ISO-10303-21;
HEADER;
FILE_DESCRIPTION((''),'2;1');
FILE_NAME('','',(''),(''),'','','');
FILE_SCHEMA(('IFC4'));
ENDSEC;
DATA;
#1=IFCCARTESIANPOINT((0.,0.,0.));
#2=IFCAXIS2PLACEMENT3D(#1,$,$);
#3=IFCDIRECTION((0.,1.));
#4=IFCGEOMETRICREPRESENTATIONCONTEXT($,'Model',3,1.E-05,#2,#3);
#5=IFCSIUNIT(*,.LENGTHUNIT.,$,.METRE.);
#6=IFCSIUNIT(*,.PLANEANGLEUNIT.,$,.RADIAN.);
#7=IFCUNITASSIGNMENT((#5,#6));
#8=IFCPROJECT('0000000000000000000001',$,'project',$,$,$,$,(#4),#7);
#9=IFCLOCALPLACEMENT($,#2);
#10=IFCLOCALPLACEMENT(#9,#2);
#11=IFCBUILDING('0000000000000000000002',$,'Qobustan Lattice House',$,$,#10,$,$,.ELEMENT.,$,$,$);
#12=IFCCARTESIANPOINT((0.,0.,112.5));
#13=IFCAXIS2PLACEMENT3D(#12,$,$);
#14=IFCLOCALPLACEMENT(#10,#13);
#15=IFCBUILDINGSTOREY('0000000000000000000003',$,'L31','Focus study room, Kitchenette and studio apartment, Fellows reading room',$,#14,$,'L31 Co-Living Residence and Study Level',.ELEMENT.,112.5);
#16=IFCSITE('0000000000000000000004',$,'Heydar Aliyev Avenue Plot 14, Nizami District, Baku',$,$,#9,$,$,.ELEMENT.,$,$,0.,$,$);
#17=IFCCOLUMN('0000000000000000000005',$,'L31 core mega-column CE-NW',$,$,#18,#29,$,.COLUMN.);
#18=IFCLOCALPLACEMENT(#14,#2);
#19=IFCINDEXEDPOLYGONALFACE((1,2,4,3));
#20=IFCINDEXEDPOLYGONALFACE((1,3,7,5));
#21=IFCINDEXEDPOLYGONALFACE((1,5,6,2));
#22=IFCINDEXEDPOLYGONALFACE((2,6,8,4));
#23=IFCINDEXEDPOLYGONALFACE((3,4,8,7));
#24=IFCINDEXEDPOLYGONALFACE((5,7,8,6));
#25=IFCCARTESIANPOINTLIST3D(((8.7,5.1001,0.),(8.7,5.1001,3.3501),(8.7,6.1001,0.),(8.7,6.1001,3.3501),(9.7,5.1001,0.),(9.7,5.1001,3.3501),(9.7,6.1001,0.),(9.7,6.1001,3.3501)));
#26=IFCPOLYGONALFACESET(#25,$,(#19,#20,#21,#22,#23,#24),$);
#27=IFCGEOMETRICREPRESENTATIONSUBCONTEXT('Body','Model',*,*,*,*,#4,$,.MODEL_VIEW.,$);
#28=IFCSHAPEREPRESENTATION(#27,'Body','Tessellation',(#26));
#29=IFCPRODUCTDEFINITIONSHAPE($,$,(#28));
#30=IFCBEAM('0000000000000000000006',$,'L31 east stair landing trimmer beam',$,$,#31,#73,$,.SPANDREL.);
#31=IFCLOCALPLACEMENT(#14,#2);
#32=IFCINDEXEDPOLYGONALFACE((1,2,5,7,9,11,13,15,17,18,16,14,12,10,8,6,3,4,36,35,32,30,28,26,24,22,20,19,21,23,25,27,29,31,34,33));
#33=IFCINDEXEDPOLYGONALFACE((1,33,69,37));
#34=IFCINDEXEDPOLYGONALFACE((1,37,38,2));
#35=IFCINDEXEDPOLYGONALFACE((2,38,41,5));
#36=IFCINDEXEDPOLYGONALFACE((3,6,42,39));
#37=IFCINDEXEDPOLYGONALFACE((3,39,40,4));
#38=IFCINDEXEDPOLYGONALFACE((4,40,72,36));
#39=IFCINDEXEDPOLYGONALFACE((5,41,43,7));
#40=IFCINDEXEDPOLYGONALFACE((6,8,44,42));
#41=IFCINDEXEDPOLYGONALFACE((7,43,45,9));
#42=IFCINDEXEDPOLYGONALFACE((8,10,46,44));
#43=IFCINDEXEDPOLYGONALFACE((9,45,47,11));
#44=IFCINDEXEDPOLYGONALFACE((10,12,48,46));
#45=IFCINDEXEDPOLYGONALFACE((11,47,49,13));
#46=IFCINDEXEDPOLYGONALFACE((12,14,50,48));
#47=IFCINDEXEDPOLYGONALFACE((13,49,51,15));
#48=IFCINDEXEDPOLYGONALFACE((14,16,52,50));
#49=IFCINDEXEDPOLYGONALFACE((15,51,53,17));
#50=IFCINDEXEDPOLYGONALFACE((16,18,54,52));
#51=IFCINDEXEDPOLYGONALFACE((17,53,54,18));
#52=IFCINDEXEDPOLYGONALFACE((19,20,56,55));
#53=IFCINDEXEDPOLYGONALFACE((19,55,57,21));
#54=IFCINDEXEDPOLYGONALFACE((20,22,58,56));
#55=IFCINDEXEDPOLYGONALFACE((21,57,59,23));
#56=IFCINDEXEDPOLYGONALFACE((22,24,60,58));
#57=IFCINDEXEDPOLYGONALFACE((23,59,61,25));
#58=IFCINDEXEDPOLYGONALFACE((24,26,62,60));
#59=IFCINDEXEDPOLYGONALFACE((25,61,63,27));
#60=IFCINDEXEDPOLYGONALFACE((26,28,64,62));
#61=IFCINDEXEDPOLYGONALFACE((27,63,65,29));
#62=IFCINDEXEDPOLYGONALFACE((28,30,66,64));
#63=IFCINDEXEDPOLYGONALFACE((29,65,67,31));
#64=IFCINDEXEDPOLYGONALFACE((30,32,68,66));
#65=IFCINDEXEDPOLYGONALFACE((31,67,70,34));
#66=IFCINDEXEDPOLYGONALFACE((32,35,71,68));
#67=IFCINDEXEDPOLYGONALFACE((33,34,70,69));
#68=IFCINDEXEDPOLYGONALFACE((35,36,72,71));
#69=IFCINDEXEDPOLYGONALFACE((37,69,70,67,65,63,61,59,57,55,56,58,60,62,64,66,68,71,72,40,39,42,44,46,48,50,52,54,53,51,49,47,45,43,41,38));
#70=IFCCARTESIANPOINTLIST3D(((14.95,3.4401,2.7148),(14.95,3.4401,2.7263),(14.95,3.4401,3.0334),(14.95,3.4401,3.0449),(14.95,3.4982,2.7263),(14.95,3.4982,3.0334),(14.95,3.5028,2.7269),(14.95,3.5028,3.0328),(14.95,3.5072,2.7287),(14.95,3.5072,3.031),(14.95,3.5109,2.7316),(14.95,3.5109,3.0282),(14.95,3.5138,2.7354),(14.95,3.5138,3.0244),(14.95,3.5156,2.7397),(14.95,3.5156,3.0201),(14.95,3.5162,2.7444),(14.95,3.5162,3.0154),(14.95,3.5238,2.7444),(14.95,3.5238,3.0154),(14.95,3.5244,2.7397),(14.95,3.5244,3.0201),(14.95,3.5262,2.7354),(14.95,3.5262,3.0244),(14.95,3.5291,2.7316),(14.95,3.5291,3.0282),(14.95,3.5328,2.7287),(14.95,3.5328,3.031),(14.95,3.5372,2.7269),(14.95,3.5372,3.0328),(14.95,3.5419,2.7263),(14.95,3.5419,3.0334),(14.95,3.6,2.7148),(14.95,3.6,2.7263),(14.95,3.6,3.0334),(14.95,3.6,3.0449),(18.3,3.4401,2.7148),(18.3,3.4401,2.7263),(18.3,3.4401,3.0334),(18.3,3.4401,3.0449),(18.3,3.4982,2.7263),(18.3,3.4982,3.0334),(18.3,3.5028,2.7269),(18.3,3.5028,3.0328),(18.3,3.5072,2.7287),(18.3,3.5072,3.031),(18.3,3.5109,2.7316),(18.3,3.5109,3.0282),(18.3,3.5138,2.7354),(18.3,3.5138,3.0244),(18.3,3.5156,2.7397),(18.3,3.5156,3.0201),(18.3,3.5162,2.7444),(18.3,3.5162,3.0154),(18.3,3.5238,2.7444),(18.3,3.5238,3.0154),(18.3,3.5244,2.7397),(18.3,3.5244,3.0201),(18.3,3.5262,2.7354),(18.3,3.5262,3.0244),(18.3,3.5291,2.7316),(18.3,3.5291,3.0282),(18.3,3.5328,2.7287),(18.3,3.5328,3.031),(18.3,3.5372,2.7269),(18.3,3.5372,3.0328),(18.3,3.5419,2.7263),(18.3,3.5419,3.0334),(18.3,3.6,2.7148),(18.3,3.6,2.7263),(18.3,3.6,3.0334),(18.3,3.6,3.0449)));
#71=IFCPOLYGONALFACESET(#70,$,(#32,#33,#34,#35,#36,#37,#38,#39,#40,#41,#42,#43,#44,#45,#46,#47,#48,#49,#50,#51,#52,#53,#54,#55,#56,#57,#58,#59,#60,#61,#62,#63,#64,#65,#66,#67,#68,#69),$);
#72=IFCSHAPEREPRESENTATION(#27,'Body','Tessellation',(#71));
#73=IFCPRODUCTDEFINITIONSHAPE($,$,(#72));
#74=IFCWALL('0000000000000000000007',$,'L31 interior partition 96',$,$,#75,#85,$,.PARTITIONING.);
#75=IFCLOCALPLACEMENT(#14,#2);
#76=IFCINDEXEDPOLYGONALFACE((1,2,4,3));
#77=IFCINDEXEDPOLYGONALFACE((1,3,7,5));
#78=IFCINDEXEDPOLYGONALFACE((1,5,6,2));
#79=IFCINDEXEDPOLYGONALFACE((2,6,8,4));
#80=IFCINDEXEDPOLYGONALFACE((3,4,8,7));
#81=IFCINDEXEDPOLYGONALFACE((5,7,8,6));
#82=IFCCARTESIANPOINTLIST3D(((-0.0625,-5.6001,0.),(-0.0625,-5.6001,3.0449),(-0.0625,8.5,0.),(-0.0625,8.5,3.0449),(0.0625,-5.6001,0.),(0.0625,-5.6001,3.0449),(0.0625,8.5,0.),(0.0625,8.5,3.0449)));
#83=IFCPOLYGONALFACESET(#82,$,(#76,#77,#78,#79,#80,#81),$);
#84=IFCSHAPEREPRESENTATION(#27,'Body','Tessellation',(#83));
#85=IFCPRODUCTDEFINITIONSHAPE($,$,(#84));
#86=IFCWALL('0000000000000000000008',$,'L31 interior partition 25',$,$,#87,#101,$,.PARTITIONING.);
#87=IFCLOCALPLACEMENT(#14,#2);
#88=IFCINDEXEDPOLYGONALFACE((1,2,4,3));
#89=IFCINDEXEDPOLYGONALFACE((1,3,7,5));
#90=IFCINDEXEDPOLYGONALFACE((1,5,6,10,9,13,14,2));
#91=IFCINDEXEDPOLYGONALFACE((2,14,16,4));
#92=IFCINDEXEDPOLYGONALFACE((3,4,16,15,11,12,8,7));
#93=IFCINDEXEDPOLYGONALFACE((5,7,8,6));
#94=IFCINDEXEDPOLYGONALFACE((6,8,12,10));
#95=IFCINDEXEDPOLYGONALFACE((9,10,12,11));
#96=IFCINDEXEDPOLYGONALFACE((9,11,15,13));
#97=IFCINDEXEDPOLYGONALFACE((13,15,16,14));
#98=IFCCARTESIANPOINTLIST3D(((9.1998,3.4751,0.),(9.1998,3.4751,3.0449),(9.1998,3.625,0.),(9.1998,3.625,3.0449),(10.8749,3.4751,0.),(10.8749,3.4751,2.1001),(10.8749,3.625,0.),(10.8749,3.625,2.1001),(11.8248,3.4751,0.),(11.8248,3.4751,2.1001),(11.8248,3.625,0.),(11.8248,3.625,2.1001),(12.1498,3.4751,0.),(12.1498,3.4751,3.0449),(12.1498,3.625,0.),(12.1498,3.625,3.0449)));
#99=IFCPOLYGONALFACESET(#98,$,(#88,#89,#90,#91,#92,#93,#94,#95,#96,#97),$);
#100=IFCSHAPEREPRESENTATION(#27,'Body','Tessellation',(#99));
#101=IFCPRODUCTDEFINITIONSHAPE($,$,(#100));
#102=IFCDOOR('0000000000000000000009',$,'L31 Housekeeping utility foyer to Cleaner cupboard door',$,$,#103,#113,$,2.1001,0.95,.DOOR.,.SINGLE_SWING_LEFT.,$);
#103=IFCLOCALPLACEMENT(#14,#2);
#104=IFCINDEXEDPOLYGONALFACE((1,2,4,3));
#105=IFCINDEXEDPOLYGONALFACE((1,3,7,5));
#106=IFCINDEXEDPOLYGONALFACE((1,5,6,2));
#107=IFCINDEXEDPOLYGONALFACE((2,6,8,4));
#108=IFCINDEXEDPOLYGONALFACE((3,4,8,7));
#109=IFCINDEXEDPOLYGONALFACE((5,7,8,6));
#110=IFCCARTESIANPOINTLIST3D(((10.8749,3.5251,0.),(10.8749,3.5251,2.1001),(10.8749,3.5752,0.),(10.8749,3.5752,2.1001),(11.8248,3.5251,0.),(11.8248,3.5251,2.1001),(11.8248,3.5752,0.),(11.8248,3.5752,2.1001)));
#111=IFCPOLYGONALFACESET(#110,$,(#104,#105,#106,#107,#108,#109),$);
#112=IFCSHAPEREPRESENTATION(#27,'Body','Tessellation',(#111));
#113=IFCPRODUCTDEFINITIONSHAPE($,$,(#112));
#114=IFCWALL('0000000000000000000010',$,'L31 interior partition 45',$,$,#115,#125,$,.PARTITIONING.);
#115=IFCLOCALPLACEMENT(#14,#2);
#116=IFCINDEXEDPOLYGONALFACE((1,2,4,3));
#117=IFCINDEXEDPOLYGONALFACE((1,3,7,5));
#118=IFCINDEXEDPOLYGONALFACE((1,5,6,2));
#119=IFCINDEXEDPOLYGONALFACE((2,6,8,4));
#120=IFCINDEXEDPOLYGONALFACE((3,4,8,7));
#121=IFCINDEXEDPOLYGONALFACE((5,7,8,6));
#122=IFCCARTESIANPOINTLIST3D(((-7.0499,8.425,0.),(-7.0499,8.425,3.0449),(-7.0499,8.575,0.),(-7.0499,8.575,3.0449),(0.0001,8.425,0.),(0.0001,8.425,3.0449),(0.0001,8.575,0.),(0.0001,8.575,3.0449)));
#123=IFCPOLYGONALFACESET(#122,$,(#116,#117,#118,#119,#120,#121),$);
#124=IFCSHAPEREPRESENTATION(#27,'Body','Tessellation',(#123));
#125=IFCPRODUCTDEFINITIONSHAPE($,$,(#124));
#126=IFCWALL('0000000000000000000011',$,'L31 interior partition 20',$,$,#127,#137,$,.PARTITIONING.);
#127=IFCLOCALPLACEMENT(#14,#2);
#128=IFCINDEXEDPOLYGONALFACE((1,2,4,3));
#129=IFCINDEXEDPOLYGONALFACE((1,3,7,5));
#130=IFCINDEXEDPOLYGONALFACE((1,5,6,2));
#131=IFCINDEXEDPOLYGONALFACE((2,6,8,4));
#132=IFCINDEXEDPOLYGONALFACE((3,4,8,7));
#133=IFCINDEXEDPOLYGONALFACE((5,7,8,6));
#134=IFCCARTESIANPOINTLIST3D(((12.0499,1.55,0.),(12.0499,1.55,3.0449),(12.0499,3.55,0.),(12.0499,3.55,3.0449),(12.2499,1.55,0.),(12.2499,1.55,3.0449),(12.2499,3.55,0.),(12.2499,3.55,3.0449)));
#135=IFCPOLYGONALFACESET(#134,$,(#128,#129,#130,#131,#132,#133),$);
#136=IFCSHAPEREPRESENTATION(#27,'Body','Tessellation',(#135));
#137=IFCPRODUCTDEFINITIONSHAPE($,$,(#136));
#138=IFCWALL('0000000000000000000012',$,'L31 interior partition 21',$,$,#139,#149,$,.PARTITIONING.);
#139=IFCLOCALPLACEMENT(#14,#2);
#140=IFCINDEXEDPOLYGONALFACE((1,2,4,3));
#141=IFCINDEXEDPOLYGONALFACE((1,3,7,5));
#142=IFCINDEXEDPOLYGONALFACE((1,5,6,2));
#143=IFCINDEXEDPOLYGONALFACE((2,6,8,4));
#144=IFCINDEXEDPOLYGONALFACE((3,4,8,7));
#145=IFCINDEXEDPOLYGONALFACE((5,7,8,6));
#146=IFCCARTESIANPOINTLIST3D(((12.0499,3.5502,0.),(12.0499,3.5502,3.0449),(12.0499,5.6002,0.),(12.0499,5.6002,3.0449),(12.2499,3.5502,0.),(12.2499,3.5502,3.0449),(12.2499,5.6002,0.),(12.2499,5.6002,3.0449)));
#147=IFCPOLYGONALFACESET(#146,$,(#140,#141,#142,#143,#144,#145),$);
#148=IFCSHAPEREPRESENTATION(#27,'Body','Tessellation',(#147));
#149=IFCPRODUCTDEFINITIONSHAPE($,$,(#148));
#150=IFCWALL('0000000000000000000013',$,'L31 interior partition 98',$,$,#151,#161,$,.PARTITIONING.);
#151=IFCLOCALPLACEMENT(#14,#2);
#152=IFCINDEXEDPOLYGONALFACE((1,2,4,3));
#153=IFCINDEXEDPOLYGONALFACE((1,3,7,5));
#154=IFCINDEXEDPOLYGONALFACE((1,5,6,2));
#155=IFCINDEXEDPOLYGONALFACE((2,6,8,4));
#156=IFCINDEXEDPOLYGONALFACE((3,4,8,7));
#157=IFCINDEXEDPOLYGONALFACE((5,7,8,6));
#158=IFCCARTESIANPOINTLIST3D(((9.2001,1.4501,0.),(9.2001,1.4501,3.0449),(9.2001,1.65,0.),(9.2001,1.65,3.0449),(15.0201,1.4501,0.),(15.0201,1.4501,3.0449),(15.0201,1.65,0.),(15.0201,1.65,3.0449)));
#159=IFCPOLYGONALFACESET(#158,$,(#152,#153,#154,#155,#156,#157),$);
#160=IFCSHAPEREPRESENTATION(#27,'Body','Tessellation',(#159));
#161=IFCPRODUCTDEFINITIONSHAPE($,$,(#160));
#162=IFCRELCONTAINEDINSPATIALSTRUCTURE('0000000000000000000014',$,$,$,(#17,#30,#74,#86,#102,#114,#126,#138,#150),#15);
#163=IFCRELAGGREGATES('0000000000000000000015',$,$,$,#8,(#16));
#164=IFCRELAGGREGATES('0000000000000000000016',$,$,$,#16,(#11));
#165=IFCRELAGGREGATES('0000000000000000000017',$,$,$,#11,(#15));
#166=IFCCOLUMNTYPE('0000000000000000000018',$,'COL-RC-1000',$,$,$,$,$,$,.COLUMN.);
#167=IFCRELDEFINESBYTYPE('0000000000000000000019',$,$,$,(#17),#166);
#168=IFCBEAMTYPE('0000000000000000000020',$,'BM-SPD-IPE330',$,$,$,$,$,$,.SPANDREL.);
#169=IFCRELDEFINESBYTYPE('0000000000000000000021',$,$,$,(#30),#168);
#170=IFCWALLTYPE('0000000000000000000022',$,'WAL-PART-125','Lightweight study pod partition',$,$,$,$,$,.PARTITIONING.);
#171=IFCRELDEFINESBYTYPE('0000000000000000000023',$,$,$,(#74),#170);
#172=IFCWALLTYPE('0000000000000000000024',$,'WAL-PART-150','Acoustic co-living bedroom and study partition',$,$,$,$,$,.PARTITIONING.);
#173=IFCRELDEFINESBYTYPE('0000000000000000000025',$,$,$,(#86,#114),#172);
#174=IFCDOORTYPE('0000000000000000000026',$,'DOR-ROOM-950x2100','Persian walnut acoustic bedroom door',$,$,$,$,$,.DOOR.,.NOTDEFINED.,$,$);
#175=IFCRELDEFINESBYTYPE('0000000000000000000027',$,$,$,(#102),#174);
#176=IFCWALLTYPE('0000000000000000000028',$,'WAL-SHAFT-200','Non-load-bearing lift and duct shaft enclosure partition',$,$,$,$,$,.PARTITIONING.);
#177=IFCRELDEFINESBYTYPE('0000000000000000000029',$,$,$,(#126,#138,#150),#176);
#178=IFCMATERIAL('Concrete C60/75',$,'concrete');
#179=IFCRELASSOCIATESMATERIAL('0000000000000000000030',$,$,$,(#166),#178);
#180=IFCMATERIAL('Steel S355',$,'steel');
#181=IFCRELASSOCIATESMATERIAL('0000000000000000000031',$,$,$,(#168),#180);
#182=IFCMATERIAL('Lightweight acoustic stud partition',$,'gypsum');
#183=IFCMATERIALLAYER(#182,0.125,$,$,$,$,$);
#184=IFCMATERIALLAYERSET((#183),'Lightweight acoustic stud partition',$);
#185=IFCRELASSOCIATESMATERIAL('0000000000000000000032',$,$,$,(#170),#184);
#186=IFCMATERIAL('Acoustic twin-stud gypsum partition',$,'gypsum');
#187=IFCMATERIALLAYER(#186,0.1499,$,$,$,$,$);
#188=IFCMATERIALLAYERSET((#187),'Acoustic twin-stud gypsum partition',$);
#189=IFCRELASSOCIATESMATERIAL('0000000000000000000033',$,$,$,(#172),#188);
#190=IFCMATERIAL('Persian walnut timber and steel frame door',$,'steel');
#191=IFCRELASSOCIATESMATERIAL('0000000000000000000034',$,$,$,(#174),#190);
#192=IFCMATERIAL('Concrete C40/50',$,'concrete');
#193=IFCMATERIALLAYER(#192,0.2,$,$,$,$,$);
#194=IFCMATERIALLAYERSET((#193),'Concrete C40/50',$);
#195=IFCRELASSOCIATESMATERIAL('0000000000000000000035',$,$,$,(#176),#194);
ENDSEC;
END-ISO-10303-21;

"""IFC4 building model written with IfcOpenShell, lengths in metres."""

from ifc_helpers import new_model, si_unit, direction, frame, frame_2d, origin, origin_2d, place, context, subcontext, project, spatial, rectangle, i_section, extrude, material, layer, layer_set, material_profile, profile_set, type_object, element, fill, save


model = new_model("IFC4")

# Units and contexts
model_context = context("Model", 3, precision=1e-05, world=origin(), true_north=direction((0.0, 1.0)))
body_context = subcontext(model_context, "Body", "Model", "MODEL_VIEW")
ifc_project = project(units=[si_unit("LENGTHUNIT", "METRE"), si_unit("PLANEANGLEUNIT", "RADIAN")], contexts=[model_context])

# Site, building, storey
site_placement = place(None, origin())
site = spatial("IfcSite", under=ifc_project, at=site_placement, Name="Heydar Aliyev Avenue Plot 14, Nizami District, Baku", CompositionType="ELEMENT", RefElevation=0.0)
building_placement = place(site_placement, origin())
building = spatial("IfcBuilding", under=site, at=building_placement, Name="Qobustan Lattice House", CompositionType="ELEMENT")
storey_placement = place(building_placement, frame((0.0, 0.0, 112.5)))
storey = spatial("IfcBuildingStorey", under=building, at=storey_placement, Name="L31", Description="Focus study room, Kitchenette and studio apartment, Fellows reading room", LongName="L31 Co-Living Residence and Study Level", CompositionType="ELEMENT", Elevation=112.5)

# Column
ifc_material_1 = material(Name="Concrete C60/75", Category="concrete")
ifc_material_profile_1 = material_profile(ifc_material_1, rectangle(XDim=1.0, YDim=1.0, at=origin_2d()), Name="RC1000x1000")
ifc_profile_set_1 = profile_set([ifc_material_profile_1], Name="Concrete C60/75")
column_type = type_object("IfcColumnType", Name="COL-RC-1000", PredefinedType="COLUMN", material=ifc_profile_set_1)
column_placement = place(storey_placement, frame((9.2, 5.6001, 0.0), z_axis=(0.0, 0.0, 1.0), x_axis=(1.0, 0.0, 0.0)))
element("IfcColumn", 1, at=column_placement, inside=storey, type_object=column_type, Name="L31 core mega-column CE-NW", PredefinedType="COLUMN", context=body_context, shape_type="SweptSolid", body=[
    extrude(rectangle(XDim=1.0, YDim=1.0, at=origin_2d()), origin(), (0.0, 0.0, 1.0), 3.3501),
])

# Beam
ifc_material_2 = material(Name="Steel S355", Category="steel")
ifc_material_profile_2 = material_profile(ifc_material_2, i_section(OverallWidth=0.1599, OverallDepth=0.3301, WebThickness=0.0076, FlangeThickness=0.0115, FilletRadius=0.0181, at=origin_2d()), Name="IPE330")
ifc_profile_set_2 = profile_set([ifc_material_profile_2], Name="Steel S355")
beam_type = type_object("IfcBeamType", Name="BM-SPD-IPE330", PredefinedType="SPANDREL", material=ifc_profile_set_2)
beam_placement = place(storey_placement, frame((14.95, 3.52, 2.8799), z_axis=(1.0, 0.0, 0.0), x_axis=(0.0, 1.0, 0.0)))
element("IfcBeam", 2, at=beam_placement, inside=storey, type_object=beam_type, Name="L31 east stair landing trimmer beam", PredefinedType="SPANDREL", context=body_context, shape_type="SweptSolid", body=[
    extrude(i_section(OverallWidth=0.1599, OverallDepth=0.3301, WebThickness=0.0076, FlangeThickness=0.0115, FilletRadius=0.0181, at=origin_2d()), origin(), (0.0, 0.0, 1.0), 3.3501),
])

# Wall
ifc_material_3 = material(Name="Lightweight acoustic stud partition", Category="gypsum")
ifc_layer_1 = layer(ifc_material_3, 0.125)
ifc_layer_set_1 = layer_set([ifc_layer_1], Name="Lightweight acoustic stud partition")
wall_type_1 = type_object("IfcWallType", Name="WAL-PART-125", Description="Lightweight study pod partition", PredefinedType="PARTITIONING", material=ifc_layer_set_1)
wall_1_placement = place(storey_placement, frame((0.0, 8.5, 0.0), z_axis=(0.0, 0.0, 1.0), x_axis=(0.0, -1.0, 0.0)))
element("IfcWall", 3, at=wall_1_placement, inside=storey, type_object=wall_type_1, Name="L31 interior partition 96", PredefinedType="PARTITIONING", context=body_context, shape_type="SweptSolid", body=[
    extrude(rectangle(XDim=14.1001, YDim=0.125, at=frame_2d((7.05, 0.0))), origin(), (0.0, 0.0, 1.0), 3.0449),
])

# Wall, opening, door
ifc_material_4 = material(Name="Acoustic twin-stud gypsum partition", Category="gypsum")
ifc_layer_2 = layer(ifc_material_4, 0.1499)
ifc_layer_set_2 = layer_set([ifc_layer_2], Name="Acoustic twin-stud gypsum partition")
wall_type_2 = type_object("IfcWallType", Name="WAL-PART-150", Description="Acoustic co-living bedroom and study partition", PredefinedType="PARTITIONING", material=ifc_layer_set_2)
wall_2_placement = place(storey_placement, frame((12.1499, 3.55, 0.0), z_axis=(0.0, 0.0, 1.0), x_axis=(-1.0, 0.0, 0.0)))
wall_2 = element("IfcWall", 4, at=wall_2_placement, inside=storey, type_object=wall_type_2, Name="L31 interior partition 25", PredefinedType="PARTITIONING", context=body_context, shape_type="SweptSolid", body=[
    extrude(rectangle(XDim=2.95, YDim=0.1499, at=frame_2d((1.4751, 0.0))), origin(), (0.0, 0.0, 1.0), 3.0449),
])
opening_1_placement = place(wall_2_placement, frame((0.325, 0.0, 0.0)))
opening_1 = element("IfcOpeningElement", 5, at=opening_1_placement, cuts=wall_2, PredefinedType="OPENING", context=body_context, shape_type="SweptSolid", body=[
    extrude(rectangle(XDim=0.95, YDim=2.1001, at=frame_2d((0.4751, 1.05))), frame((0.0, 0.085, 0.0), z_axis=(0.0, -1.0, 0.0), x_axis=(1.0, 0.0, 0.0)), (0.0, 0.0, 1.0), 0.1699),
])
ifc_material_5 = material(Name="Persian walnut timber and steel frame door", Category="steel")
door_type_1 = type_object("IfcDoorType", Name="DOR-ROOM-950x2100", Description="Persian walnut acoustic bedroom door", OperationType="NOTDEFINED", PredefinedType="DOOR", material=ifc_material_5)
door_1_placement = place(opening_1_placement, origin())
door_1 = element("IfcDoor", 6, at=door_1_placement, inside=storey, type_object=door_type_1, Name="L31 Housekeeping utility foyer to Cleaner cupboard door", OperationType="SINGLE_SWING_LEFT", OverallHeight=2.1001, OverallWidth=0.95, PredefinedType="DOOR", context=body_context, shape_type="SweptSolid", body=[
    extrude(rectangle(XDim=0.95, YDim=2.1001, at=frame_2d((0.4751, 1.05))), frame((0.0, 0.0249, 0.0), z_axis=(0.0, -1.0, 0.0), x_axis=(1.0, 0.0, 0.0)), (0.0, 0.0, 1.0), 0.05),
])
fill(opening_1, door_1)

# Walls
wall_3_placement = place(storey_placement, frame((0.0, 8.5, 0.0), z_axis=(0.0, 0.0, 1.0), x_axis=(-1.0, 0.0, 0.0)))
element("IfcWall", 7, at=wall_3_placement, inside=storey, type_object=wall_type_2, Name="L31 interior partition 45", PredefinedType="PARTITIONING", context=body_context, shape_type="SweptSolid", body=[
    extrude(rectangle(XDim=7.05, YDim=0.1499, at=frame_2d((3.5249, 0.0))), origin(), (0.0, 0.0, 1.0), 3.0449),
])
ifc_material_6 = material(Name="Concrete C40/50", Category="concrete")
ifc_layer_3 = layer(ifc_material_6, 0.2)
ifc_layer_set_3 = layer_set([ifc_layer_3], Name="Concrete C40/50")
wall_type_3 = type_object("IfcWallType", Name="WAL-SHAFT-200", Description="Non-load-bearing lift and duct shaft enclosure partition", PredefinedType="PARTITIONING", material=ifc_layer_set_3)
wall_4_placement = place(storey_placement, frame((12.1499, 3.55, 0.0), z_axis=(0.0, 0.0, 1.0), x_axis=(0.0, -1.0, 0.0)))
element("IfcWall", 8, at=wall_4_placement, inside=storey, type_object=wall_type_3, Name="L31 interior partition 20", PredefinedType="PARTITIONING", context=body_context, shape_type="SweptSolid", body=[
    extrude(rectangle(XDim=2.0, YDim=0.2, at=frame_2d((1.0, 0.0))), origin(), (0.0, 0.0, 1.0), 3.0449),
])
wall_5_placement = place(storey_placement, frame((12.1499, 5.6001, 0.0), z_axis=(0.0, 0.0, 1.0), x_axis=(0.0, -1.0, 0.0)))
element("IfcWall", 9, at=wall_5_placement, inside=storey, type_object=wall_type_3, Name="L31 interior partition 21", PredefinedType="PARTITIONING", context=body_context, shape_type="SweptSolid", body=[
    extrude(rectangle(XDim=2.05, YDim=0.2, at=frame_2d((1.0249, 0.0))), origin(), (0.0, 0.0, 1.0), 3.0449),
])
wall_6_placement = place(storey_placement, frame((9.2, 1.55, 0.0), z_axis=(0.0, 0.0, 1.0), x_axis=(1.0, 0.0, 0.0)))
element("IfcWall", 10, at=wall_6_placement, inside=storey, type_object=wall_type_3, Name="L31 interior partition 98", PredefinedType="PARTITIONING", context=body_context, shape_type="SweptSolid", body=[
    extrude(rectangle(XDim=5.8201, YDim=0.2, at=frame_2d((2.9102, 0.0))), origin(), (0.0, 0.0, 1.0), 3.0449),
])

save(model, "model.ifc")
